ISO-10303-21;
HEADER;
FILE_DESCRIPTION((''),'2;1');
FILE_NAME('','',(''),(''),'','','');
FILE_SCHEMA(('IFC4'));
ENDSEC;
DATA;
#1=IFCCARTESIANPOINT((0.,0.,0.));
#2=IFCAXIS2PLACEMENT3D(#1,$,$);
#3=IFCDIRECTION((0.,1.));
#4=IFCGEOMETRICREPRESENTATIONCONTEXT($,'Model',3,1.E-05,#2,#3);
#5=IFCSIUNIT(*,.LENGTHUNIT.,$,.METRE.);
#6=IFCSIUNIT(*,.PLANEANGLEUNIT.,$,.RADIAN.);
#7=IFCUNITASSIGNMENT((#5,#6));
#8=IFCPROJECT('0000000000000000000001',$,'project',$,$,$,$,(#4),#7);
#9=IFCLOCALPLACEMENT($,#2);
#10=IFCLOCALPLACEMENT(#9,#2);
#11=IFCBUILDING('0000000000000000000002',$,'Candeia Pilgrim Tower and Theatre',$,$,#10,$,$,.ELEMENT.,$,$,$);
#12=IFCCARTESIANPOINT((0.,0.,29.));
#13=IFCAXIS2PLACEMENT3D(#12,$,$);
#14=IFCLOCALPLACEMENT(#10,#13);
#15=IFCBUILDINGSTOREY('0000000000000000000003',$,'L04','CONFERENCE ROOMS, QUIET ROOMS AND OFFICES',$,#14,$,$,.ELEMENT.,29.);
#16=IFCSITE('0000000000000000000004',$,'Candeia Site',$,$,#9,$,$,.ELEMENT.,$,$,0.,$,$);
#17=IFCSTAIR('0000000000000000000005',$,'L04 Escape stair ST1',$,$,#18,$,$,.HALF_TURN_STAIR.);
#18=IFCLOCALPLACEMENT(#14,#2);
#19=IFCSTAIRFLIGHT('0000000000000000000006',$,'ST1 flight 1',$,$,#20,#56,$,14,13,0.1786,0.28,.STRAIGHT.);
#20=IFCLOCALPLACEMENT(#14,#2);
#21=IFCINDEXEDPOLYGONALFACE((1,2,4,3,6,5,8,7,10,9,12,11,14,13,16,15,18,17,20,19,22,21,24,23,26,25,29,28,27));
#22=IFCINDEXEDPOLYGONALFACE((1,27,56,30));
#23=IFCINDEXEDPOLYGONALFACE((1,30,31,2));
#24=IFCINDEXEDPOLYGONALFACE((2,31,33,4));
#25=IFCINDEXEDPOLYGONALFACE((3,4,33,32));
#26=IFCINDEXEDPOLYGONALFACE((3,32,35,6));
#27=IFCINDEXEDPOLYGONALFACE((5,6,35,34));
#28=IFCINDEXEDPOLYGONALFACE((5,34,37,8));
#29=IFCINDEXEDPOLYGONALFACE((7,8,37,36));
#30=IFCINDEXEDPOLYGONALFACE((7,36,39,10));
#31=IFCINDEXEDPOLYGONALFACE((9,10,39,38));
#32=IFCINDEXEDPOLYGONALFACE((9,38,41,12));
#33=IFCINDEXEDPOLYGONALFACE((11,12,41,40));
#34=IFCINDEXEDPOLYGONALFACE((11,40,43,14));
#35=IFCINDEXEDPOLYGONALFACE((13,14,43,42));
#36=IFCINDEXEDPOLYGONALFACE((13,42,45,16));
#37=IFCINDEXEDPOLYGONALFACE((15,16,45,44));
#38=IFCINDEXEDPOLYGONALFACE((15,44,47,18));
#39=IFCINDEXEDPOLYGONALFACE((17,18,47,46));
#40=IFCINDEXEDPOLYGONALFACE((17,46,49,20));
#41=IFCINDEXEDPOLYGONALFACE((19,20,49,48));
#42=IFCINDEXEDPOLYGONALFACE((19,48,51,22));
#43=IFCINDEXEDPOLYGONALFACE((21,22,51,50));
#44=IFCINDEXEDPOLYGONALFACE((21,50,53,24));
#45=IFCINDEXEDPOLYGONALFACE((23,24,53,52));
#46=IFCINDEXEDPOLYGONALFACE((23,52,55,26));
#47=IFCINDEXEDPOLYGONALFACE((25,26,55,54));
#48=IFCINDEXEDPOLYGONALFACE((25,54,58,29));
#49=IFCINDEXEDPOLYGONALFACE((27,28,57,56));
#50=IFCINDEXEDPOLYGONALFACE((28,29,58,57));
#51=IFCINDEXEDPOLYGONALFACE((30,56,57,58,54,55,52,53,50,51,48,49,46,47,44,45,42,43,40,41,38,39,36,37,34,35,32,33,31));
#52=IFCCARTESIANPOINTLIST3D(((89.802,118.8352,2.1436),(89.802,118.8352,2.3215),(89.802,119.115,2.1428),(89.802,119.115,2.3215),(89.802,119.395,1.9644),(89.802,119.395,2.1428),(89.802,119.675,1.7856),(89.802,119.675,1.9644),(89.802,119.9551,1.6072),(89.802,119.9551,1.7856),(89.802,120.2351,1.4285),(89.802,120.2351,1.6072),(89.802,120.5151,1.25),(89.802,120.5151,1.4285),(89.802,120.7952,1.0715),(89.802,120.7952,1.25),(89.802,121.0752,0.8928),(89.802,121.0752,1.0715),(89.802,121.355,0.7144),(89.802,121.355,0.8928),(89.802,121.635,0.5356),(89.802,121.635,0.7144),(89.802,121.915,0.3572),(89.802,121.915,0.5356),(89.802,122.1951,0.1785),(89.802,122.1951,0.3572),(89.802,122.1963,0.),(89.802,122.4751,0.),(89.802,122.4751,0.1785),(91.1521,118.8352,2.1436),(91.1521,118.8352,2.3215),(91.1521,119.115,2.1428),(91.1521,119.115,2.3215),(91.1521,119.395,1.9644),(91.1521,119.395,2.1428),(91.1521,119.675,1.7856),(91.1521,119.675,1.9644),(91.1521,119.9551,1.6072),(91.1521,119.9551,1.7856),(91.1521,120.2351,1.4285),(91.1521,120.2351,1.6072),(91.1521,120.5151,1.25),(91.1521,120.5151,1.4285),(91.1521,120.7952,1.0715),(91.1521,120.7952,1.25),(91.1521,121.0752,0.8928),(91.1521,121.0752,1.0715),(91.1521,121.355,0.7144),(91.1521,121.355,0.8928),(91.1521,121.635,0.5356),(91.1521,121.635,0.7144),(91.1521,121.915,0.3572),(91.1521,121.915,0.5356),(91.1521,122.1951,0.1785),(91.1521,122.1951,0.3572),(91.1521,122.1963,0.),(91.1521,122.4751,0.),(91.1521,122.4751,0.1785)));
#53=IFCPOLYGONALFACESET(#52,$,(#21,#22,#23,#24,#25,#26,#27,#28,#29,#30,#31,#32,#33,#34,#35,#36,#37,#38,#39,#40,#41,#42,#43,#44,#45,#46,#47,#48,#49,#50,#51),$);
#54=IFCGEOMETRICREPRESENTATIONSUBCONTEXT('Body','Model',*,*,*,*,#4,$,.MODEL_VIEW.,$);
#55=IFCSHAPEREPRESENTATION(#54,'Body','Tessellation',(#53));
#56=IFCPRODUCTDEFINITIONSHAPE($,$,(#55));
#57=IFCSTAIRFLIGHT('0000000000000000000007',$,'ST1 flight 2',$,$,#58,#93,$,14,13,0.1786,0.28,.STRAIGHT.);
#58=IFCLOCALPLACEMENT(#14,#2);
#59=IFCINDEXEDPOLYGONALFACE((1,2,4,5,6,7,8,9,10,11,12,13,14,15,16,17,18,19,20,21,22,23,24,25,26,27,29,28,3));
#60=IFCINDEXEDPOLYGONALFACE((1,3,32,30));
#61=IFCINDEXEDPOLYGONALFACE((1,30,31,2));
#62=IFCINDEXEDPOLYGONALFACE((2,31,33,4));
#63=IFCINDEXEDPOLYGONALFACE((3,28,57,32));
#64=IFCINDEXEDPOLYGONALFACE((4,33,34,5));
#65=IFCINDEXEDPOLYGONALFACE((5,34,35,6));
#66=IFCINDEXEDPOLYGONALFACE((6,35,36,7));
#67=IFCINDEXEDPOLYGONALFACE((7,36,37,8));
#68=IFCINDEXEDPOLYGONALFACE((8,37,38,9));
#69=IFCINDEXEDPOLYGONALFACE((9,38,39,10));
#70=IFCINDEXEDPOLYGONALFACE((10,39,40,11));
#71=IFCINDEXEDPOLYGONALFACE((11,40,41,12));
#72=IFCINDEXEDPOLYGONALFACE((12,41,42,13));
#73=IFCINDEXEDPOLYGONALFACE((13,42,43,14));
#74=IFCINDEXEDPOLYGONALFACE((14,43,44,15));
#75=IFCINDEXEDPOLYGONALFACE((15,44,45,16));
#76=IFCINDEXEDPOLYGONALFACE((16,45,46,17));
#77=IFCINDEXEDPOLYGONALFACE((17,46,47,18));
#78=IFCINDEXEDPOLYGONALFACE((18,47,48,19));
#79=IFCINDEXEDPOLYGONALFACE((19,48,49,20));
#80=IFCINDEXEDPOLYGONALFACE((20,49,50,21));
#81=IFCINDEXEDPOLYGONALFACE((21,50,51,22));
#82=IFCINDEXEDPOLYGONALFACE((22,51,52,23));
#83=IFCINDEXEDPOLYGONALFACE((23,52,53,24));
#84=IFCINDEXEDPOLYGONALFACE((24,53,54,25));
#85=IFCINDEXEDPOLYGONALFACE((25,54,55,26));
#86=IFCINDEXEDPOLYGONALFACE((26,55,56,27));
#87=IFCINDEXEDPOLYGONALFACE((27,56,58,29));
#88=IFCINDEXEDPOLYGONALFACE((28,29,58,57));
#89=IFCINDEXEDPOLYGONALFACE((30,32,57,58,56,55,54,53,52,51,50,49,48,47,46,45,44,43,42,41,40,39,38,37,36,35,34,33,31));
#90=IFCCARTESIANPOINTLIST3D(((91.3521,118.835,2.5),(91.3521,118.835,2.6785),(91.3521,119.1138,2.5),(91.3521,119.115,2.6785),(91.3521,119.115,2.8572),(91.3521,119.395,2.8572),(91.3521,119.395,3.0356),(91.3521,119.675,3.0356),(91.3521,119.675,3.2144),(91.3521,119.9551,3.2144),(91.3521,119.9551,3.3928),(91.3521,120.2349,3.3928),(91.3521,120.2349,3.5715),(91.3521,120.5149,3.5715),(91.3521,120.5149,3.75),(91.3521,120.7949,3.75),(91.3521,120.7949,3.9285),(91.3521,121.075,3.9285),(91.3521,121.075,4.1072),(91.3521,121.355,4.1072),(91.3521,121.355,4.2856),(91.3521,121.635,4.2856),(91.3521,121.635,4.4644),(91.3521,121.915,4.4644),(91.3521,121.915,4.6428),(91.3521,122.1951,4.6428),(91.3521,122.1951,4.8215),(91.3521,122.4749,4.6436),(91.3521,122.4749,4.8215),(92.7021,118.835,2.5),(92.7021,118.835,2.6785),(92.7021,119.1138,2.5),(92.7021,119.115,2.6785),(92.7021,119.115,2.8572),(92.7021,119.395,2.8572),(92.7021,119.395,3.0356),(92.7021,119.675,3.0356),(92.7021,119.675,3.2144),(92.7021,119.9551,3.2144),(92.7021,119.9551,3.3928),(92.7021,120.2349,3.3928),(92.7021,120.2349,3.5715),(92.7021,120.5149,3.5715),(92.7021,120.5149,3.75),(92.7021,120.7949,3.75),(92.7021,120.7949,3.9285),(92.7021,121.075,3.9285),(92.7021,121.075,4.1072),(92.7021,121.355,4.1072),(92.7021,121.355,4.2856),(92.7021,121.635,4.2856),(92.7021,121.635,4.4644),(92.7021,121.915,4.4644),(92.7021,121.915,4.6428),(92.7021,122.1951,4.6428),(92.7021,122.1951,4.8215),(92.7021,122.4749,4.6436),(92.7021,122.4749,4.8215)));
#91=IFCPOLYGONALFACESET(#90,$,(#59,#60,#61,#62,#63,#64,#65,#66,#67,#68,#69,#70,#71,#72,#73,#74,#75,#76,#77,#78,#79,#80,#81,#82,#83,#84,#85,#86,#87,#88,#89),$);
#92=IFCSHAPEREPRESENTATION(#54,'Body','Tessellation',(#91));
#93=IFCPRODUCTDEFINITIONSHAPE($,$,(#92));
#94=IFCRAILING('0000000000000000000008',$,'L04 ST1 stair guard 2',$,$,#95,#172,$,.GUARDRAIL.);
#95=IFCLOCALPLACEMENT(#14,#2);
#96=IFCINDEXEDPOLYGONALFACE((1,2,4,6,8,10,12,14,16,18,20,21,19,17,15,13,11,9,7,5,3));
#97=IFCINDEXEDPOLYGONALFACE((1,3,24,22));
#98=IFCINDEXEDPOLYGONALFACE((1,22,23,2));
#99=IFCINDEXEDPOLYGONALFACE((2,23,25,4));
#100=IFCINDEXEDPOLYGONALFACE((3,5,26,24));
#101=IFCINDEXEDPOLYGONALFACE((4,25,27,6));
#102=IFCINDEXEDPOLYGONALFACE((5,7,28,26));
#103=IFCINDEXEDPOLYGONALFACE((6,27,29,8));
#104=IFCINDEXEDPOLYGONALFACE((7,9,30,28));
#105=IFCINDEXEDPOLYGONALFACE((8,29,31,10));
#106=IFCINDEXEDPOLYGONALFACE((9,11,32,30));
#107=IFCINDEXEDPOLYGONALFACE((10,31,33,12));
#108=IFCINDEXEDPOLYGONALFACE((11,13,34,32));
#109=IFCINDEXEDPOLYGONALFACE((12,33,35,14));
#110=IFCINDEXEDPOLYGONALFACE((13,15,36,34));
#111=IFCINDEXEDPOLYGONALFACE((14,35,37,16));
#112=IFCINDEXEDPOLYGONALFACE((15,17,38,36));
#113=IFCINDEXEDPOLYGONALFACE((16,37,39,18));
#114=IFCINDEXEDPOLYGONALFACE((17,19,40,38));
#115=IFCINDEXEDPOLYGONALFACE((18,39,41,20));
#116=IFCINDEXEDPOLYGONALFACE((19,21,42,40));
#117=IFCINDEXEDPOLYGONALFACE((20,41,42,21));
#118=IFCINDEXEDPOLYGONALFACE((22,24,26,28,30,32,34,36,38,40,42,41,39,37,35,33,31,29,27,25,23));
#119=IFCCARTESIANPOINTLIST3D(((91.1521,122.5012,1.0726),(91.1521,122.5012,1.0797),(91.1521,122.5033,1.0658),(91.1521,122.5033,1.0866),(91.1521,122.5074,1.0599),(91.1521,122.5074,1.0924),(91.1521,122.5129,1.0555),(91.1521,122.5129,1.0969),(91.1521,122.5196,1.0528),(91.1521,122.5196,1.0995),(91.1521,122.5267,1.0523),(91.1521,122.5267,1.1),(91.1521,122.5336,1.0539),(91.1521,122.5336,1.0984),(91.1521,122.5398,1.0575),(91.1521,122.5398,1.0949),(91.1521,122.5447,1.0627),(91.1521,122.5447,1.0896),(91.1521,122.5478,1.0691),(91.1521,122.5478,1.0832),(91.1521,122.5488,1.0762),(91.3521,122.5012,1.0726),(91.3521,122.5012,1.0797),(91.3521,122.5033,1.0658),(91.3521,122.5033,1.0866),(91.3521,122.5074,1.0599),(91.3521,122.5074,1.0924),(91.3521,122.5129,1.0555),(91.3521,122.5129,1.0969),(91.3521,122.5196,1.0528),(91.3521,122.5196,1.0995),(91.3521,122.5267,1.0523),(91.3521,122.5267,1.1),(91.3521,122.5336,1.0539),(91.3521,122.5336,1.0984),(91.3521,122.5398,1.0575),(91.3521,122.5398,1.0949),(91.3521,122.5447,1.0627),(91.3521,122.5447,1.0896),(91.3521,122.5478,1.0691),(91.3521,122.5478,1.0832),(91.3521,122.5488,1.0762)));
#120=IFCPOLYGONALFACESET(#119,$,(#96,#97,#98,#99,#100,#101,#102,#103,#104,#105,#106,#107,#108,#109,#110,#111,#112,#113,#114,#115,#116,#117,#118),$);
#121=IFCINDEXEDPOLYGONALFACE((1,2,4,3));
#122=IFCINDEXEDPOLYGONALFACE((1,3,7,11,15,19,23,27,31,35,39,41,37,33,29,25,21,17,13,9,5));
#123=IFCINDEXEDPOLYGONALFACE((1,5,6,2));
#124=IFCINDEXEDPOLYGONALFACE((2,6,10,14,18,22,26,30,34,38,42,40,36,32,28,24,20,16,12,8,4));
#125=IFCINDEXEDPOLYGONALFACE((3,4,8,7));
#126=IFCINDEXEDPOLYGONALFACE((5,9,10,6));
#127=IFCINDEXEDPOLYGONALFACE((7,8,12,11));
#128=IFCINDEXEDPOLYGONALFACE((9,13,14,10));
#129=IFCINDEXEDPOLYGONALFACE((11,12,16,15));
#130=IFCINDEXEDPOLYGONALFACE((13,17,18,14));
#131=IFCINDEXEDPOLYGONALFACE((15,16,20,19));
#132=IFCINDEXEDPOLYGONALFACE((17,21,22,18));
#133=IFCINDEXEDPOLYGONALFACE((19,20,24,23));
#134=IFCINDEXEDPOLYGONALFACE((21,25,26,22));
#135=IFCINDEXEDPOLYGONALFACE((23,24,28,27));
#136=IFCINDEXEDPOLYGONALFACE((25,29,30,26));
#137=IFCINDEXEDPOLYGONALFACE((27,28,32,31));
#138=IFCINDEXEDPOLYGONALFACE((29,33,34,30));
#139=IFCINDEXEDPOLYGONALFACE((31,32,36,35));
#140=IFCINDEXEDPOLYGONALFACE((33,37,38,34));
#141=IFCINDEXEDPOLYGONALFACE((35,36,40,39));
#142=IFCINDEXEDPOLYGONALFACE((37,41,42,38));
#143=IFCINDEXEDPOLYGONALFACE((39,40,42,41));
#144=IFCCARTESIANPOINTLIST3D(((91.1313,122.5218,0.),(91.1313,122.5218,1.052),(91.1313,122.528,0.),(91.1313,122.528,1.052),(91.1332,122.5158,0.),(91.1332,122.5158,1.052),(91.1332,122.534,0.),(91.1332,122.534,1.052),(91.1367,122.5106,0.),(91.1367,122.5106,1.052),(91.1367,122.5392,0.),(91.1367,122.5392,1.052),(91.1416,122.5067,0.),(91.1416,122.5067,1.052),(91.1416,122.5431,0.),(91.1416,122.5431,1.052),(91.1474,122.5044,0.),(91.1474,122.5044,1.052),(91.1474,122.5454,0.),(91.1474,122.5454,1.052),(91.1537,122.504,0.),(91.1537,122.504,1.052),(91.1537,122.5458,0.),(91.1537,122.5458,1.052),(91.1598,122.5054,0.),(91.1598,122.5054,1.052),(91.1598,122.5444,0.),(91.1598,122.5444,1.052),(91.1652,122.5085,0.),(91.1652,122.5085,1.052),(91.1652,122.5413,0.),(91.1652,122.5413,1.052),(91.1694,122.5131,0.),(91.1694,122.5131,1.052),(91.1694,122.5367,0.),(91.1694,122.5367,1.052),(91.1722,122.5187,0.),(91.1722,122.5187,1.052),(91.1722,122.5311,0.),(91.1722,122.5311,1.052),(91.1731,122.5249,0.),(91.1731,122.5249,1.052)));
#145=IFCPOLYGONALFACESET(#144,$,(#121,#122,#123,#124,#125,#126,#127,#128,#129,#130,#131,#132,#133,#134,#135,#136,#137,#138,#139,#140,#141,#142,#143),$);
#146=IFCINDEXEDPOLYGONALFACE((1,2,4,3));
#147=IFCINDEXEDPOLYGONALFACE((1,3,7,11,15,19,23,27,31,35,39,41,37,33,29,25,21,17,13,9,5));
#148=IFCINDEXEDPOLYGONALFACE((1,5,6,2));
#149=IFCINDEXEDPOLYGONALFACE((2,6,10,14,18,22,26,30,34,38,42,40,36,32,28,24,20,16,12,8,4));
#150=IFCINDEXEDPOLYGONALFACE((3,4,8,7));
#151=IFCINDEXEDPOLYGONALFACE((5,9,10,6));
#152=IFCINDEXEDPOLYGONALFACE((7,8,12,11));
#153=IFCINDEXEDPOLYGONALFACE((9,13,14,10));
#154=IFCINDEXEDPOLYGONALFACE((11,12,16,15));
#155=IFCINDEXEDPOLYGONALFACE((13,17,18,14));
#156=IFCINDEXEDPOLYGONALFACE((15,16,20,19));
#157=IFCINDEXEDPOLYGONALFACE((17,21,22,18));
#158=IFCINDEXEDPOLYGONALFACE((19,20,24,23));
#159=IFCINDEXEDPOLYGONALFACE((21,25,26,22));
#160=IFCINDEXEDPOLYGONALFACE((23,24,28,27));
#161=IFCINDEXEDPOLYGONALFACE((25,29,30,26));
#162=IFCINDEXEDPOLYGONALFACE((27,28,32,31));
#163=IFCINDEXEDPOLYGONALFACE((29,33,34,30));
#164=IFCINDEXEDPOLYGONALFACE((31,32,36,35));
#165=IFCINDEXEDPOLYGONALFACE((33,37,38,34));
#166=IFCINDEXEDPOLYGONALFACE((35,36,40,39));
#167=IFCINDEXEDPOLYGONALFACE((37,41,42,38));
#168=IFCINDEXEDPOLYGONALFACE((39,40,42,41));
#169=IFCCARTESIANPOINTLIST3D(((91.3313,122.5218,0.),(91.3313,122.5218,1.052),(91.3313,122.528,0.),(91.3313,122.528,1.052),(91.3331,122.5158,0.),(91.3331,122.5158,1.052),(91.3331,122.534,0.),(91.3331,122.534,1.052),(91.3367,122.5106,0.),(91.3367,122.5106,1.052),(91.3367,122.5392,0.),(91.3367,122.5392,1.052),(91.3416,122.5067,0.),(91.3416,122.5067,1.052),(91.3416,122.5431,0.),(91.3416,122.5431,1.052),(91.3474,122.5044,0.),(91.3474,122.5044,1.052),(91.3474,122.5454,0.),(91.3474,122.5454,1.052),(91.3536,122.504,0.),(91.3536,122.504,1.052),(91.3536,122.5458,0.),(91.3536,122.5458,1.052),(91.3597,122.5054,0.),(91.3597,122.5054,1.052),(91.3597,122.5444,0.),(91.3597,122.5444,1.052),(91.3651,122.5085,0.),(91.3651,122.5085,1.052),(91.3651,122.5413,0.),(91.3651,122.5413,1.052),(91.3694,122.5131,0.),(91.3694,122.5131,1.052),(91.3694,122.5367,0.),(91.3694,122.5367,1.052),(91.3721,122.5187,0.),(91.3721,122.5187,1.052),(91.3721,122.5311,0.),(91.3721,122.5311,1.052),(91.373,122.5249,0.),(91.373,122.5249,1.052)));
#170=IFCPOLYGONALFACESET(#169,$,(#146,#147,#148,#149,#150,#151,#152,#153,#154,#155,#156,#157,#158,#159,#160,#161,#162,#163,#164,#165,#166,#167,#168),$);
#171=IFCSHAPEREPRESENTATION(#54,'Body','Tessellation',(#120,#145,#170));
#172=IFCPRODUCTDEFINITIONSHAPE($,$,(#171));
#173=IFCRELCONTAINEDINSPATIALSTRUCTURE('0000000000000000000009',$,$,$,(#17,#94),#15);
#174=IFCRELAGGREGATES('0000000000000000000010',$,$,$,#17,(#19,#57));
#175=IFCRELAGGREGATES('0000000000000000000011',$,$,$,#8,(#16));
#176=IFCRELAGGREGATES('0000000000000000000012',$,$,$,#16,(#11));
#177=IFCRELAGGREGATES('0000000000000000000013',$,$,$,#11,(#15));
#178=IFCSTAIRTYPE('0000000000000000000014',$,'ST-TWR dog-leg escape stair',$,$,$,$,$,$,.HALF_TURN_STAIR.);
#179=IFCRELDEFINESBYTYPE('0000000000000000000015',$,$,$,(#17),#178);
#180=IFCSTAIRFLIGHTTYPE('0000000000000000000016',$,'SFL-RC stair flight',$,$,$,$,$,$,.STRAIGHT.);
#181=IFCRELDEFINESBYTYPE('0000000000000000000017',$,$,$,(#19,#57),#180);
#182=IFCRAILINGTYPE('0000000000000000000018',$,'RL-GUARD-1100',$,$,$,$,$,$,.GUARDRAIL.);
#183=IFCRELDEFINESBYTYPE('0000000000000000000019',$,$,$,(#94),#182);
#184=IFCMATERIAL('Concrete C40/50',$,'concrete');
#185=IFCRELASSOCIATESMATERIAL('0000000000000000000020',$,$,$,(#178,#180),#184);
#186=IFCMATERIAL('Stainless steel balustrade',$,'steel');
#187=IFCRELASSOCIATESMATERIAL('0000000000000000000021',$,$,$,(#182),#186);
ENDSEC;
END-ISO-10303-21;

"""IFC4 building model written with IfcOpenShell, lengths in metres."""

from ifc_helpers import new_model, si_unit, direction, frame, origin, origin_2d, place, context, subcontext, project, spatial, polyline, circle, outline, extrude, material, type_object, element, aggregate, save


model = new_model("IFC4")

# Units and contexts
model_context = context("Model", 3, precision=1e-05, world=origin(), true_north=direction((0.0, 1.0)))
body_context = subcontext(model_context, "Body", "Model", "MODEL_VIEW")
ifc_project = project(units=[si_unit("LENGTHUNIT", "METRE"), si_unit("PLANEANGLEUNIT", "RADIAN")], contexts=[model_context])

# Site, building, storey
site_placement = place(None, origin())
site = spatial("IfcSite", under=ifc_project, at=site_placement, Name="Candeia Site", CompositionType="ELEMENT", RefElevation=0.0)
building_placement = place(site_placement, origin())
building = spatial("IfcBuilding", under=site, at=building_placement, Name="Candeia Pilgrim Tower and Theatre", CompositionType="ELEMENT")
storey_placement = place(building_placement, frame((0.0, 0.0, 29.0)))
storey = spatial("IfcBuildingStorey", under=building, at=storey_placement, Name="L04", Description="CONFERENCE ROOMS, QUIET ROOMS AND OFFICES", CompositionType="ELEMENT", Elevation=29.0)

# Shared definitions
ifc_material_1 = material(Name="Concrete C40/50", Category="concrete")

# Stair, stair flights
stair_type = type_object("IfcStairType", Name="ST-TWR dog-leg escape stair", PredefinedType="HALF_TURN_STAIR", material=ifc_material_1)
stair_placement = place(storey_placement, origin())
stair = element("IfcStair", 1, at=stair_placement, inside=storey, type_object=stair_type, Name="L04 Escape stair ST1", PredefinedType="HALF_TURN_STAIR")
stair_flight_type = type_object("IfcStairFlightType", Name="SFL-RC stair flight", PredefinedType="STRAIGHT", material=ifc_material_1)
stair_flight_1_placement = place(storey_placement, frame((90.4771, 122.4751, 0.0), z_axis=(0.0, 0.0, 1.0), x_axis=(0.0, -1.0, 0.0)))
stair_flight_1 = element("IfcStairFlight", 2, at=stair_flight_1_placement, type_object=stair_flight_type, Name="ST1 flight 1", NumberOfRisers=14, NumberOfTreads=13, PredefinedType="STRAIGHT", RiserHeight=0.1786, TreadLength=0.28, context=body_context, shape_type="SweptSolid", body=[
    extrude(outline(polyline([(0.0, 0.0), (0.0, 0.1785), (0.28, 0.1785), (0.28, 0.3572), (0.5601, 0.3572), (0.5601, 0.5356), (0.8401, 0.5356), (0.8401, 0.7144), (1.1201, 0.7144), (1.1201, 0.8928), (1.3999, 0.8928), (1.3999, 1.0715), (1.6799, 1.0715), (1.6799, 1.25), (1.96, 1.25), (1.96, 1.4285), (2.24, 1.4285), (2.24, 1.6072), (2.52, 1.6072), (2.52, 1.7856), (2.8, 1.7856), (2.8, 1.9644), (3.0801, 1.9644), (3.0801, 2.1428), (3.3601, 2.1428), (3.3601, 2.3215), (3.6399, 2.3215), (3.6399, 2.5), (3.6399, 2.1436), (0.2788, 0.0), (0.0, 0.0)])), frame((0.0, 0.675, 0.0), z_axis=(0.0, -1.0, 0.0), x_axis=(1.0, 0.0, 0.0)), (0.0, 0.0, 1.0), 1.3501),
])
stair_flight_2_placement = place(storey_placement, frame((92.0271, 118.835, 2.5), z_axis=(0.0, 0.0, 1.0), x_axis=(0.0, 1.0, 0.0)))
stair_flight_2 = element("IfcStairFlight", 3, at=stair_flight_2_placement, type_object=stair_flight_type, Name="ST1 flight 2", NumberOfRisers=14, NumberOfTreads=13, PredefinedType="STRAIGHT", RiserHeight=0.1786, TreadLength=0.28, context=body_context, shape_type="SweptSolid", body=[
    extrude(outline(polyline([(0.0, 0.0), (0.0, 0.1785), (0.28, 0.1785), (0.28, 0.3572), (0.5601, 0.3572), (0.5601, 0.5356), (0.8401, 0.5356), (0.8401, 0.7144), (1.1201, 0.7144), (1.1201, 0.8928), (1.3999, 0.8928), (1.3999, 1.0715), (1.6799, 1.0715), (1.6799, 1.25), (1.96, 1.25), (1.96, 1.4285), (2.24, 1.4285), (2.24, 1.6072), (2.52, 1.6072), (2.52, 1.7856), (2.8, 1.7856), (2.8, 1.9644), (3.0801, 1.9644), (3.0801, 2.1428), (3.3601, 2.1428), (3.3601, 2.3215), (3.6399, 2.3215), (3.6399, 2.5), (3.6399, 2.1436), (0.2788, 0.0), (0.0, 0.0)])), frame((0.0, 0.675, 0.0), z_axis=(0.0, -1.0, 0.0), x_axis=(1.0, 0.0, 0.0)), (0.0, 0.0, 1.0), 1.3501),
])
aggregate(stair, [stair_flight_1, stair_flight_2])

# Railing
ifc_material_2 = material(Name="Stainless steel balustrade", Category="steel")
railing_type_1 = type_object("IfcRailingType", Name="RL-GUARD-1100", PredefinedType="GUARDRAIL", material=ifc_material_2)
railing_1_placement = place(storey_placement, frame((91.1521, 122.5249, 0.0)))
element("IfcRailing", 4, at=railing_1_placement, inside=storey, type_object=railing_type_1, Name="L04 ST1 stair guard 2", PredefinedType="GUARDRAIL", context=body_context, shape_type="SweptSolid", body=[
    extrude(circle(Radius=0.0239, at=origin_2d()), frame((0.0, 0.0, 1.0762), z_axis=(1.0, 0.0, 0.0), x_axis=(0.0, 1.0, 0.0)), (0.0, 0.0, 1.0), 0.2),
    extrude(circle(Radius=0.021, at=origin_2d()), origin(), (0.0, 0.0, 1.0), 1.052),
    extrude(circle(Radius=0.021, at=origin_2d()), frame((0.2, 0.0, 0.0)), (0.0, 0.0, 1.0), 1.052),
])

save(model, "model.ifc")
